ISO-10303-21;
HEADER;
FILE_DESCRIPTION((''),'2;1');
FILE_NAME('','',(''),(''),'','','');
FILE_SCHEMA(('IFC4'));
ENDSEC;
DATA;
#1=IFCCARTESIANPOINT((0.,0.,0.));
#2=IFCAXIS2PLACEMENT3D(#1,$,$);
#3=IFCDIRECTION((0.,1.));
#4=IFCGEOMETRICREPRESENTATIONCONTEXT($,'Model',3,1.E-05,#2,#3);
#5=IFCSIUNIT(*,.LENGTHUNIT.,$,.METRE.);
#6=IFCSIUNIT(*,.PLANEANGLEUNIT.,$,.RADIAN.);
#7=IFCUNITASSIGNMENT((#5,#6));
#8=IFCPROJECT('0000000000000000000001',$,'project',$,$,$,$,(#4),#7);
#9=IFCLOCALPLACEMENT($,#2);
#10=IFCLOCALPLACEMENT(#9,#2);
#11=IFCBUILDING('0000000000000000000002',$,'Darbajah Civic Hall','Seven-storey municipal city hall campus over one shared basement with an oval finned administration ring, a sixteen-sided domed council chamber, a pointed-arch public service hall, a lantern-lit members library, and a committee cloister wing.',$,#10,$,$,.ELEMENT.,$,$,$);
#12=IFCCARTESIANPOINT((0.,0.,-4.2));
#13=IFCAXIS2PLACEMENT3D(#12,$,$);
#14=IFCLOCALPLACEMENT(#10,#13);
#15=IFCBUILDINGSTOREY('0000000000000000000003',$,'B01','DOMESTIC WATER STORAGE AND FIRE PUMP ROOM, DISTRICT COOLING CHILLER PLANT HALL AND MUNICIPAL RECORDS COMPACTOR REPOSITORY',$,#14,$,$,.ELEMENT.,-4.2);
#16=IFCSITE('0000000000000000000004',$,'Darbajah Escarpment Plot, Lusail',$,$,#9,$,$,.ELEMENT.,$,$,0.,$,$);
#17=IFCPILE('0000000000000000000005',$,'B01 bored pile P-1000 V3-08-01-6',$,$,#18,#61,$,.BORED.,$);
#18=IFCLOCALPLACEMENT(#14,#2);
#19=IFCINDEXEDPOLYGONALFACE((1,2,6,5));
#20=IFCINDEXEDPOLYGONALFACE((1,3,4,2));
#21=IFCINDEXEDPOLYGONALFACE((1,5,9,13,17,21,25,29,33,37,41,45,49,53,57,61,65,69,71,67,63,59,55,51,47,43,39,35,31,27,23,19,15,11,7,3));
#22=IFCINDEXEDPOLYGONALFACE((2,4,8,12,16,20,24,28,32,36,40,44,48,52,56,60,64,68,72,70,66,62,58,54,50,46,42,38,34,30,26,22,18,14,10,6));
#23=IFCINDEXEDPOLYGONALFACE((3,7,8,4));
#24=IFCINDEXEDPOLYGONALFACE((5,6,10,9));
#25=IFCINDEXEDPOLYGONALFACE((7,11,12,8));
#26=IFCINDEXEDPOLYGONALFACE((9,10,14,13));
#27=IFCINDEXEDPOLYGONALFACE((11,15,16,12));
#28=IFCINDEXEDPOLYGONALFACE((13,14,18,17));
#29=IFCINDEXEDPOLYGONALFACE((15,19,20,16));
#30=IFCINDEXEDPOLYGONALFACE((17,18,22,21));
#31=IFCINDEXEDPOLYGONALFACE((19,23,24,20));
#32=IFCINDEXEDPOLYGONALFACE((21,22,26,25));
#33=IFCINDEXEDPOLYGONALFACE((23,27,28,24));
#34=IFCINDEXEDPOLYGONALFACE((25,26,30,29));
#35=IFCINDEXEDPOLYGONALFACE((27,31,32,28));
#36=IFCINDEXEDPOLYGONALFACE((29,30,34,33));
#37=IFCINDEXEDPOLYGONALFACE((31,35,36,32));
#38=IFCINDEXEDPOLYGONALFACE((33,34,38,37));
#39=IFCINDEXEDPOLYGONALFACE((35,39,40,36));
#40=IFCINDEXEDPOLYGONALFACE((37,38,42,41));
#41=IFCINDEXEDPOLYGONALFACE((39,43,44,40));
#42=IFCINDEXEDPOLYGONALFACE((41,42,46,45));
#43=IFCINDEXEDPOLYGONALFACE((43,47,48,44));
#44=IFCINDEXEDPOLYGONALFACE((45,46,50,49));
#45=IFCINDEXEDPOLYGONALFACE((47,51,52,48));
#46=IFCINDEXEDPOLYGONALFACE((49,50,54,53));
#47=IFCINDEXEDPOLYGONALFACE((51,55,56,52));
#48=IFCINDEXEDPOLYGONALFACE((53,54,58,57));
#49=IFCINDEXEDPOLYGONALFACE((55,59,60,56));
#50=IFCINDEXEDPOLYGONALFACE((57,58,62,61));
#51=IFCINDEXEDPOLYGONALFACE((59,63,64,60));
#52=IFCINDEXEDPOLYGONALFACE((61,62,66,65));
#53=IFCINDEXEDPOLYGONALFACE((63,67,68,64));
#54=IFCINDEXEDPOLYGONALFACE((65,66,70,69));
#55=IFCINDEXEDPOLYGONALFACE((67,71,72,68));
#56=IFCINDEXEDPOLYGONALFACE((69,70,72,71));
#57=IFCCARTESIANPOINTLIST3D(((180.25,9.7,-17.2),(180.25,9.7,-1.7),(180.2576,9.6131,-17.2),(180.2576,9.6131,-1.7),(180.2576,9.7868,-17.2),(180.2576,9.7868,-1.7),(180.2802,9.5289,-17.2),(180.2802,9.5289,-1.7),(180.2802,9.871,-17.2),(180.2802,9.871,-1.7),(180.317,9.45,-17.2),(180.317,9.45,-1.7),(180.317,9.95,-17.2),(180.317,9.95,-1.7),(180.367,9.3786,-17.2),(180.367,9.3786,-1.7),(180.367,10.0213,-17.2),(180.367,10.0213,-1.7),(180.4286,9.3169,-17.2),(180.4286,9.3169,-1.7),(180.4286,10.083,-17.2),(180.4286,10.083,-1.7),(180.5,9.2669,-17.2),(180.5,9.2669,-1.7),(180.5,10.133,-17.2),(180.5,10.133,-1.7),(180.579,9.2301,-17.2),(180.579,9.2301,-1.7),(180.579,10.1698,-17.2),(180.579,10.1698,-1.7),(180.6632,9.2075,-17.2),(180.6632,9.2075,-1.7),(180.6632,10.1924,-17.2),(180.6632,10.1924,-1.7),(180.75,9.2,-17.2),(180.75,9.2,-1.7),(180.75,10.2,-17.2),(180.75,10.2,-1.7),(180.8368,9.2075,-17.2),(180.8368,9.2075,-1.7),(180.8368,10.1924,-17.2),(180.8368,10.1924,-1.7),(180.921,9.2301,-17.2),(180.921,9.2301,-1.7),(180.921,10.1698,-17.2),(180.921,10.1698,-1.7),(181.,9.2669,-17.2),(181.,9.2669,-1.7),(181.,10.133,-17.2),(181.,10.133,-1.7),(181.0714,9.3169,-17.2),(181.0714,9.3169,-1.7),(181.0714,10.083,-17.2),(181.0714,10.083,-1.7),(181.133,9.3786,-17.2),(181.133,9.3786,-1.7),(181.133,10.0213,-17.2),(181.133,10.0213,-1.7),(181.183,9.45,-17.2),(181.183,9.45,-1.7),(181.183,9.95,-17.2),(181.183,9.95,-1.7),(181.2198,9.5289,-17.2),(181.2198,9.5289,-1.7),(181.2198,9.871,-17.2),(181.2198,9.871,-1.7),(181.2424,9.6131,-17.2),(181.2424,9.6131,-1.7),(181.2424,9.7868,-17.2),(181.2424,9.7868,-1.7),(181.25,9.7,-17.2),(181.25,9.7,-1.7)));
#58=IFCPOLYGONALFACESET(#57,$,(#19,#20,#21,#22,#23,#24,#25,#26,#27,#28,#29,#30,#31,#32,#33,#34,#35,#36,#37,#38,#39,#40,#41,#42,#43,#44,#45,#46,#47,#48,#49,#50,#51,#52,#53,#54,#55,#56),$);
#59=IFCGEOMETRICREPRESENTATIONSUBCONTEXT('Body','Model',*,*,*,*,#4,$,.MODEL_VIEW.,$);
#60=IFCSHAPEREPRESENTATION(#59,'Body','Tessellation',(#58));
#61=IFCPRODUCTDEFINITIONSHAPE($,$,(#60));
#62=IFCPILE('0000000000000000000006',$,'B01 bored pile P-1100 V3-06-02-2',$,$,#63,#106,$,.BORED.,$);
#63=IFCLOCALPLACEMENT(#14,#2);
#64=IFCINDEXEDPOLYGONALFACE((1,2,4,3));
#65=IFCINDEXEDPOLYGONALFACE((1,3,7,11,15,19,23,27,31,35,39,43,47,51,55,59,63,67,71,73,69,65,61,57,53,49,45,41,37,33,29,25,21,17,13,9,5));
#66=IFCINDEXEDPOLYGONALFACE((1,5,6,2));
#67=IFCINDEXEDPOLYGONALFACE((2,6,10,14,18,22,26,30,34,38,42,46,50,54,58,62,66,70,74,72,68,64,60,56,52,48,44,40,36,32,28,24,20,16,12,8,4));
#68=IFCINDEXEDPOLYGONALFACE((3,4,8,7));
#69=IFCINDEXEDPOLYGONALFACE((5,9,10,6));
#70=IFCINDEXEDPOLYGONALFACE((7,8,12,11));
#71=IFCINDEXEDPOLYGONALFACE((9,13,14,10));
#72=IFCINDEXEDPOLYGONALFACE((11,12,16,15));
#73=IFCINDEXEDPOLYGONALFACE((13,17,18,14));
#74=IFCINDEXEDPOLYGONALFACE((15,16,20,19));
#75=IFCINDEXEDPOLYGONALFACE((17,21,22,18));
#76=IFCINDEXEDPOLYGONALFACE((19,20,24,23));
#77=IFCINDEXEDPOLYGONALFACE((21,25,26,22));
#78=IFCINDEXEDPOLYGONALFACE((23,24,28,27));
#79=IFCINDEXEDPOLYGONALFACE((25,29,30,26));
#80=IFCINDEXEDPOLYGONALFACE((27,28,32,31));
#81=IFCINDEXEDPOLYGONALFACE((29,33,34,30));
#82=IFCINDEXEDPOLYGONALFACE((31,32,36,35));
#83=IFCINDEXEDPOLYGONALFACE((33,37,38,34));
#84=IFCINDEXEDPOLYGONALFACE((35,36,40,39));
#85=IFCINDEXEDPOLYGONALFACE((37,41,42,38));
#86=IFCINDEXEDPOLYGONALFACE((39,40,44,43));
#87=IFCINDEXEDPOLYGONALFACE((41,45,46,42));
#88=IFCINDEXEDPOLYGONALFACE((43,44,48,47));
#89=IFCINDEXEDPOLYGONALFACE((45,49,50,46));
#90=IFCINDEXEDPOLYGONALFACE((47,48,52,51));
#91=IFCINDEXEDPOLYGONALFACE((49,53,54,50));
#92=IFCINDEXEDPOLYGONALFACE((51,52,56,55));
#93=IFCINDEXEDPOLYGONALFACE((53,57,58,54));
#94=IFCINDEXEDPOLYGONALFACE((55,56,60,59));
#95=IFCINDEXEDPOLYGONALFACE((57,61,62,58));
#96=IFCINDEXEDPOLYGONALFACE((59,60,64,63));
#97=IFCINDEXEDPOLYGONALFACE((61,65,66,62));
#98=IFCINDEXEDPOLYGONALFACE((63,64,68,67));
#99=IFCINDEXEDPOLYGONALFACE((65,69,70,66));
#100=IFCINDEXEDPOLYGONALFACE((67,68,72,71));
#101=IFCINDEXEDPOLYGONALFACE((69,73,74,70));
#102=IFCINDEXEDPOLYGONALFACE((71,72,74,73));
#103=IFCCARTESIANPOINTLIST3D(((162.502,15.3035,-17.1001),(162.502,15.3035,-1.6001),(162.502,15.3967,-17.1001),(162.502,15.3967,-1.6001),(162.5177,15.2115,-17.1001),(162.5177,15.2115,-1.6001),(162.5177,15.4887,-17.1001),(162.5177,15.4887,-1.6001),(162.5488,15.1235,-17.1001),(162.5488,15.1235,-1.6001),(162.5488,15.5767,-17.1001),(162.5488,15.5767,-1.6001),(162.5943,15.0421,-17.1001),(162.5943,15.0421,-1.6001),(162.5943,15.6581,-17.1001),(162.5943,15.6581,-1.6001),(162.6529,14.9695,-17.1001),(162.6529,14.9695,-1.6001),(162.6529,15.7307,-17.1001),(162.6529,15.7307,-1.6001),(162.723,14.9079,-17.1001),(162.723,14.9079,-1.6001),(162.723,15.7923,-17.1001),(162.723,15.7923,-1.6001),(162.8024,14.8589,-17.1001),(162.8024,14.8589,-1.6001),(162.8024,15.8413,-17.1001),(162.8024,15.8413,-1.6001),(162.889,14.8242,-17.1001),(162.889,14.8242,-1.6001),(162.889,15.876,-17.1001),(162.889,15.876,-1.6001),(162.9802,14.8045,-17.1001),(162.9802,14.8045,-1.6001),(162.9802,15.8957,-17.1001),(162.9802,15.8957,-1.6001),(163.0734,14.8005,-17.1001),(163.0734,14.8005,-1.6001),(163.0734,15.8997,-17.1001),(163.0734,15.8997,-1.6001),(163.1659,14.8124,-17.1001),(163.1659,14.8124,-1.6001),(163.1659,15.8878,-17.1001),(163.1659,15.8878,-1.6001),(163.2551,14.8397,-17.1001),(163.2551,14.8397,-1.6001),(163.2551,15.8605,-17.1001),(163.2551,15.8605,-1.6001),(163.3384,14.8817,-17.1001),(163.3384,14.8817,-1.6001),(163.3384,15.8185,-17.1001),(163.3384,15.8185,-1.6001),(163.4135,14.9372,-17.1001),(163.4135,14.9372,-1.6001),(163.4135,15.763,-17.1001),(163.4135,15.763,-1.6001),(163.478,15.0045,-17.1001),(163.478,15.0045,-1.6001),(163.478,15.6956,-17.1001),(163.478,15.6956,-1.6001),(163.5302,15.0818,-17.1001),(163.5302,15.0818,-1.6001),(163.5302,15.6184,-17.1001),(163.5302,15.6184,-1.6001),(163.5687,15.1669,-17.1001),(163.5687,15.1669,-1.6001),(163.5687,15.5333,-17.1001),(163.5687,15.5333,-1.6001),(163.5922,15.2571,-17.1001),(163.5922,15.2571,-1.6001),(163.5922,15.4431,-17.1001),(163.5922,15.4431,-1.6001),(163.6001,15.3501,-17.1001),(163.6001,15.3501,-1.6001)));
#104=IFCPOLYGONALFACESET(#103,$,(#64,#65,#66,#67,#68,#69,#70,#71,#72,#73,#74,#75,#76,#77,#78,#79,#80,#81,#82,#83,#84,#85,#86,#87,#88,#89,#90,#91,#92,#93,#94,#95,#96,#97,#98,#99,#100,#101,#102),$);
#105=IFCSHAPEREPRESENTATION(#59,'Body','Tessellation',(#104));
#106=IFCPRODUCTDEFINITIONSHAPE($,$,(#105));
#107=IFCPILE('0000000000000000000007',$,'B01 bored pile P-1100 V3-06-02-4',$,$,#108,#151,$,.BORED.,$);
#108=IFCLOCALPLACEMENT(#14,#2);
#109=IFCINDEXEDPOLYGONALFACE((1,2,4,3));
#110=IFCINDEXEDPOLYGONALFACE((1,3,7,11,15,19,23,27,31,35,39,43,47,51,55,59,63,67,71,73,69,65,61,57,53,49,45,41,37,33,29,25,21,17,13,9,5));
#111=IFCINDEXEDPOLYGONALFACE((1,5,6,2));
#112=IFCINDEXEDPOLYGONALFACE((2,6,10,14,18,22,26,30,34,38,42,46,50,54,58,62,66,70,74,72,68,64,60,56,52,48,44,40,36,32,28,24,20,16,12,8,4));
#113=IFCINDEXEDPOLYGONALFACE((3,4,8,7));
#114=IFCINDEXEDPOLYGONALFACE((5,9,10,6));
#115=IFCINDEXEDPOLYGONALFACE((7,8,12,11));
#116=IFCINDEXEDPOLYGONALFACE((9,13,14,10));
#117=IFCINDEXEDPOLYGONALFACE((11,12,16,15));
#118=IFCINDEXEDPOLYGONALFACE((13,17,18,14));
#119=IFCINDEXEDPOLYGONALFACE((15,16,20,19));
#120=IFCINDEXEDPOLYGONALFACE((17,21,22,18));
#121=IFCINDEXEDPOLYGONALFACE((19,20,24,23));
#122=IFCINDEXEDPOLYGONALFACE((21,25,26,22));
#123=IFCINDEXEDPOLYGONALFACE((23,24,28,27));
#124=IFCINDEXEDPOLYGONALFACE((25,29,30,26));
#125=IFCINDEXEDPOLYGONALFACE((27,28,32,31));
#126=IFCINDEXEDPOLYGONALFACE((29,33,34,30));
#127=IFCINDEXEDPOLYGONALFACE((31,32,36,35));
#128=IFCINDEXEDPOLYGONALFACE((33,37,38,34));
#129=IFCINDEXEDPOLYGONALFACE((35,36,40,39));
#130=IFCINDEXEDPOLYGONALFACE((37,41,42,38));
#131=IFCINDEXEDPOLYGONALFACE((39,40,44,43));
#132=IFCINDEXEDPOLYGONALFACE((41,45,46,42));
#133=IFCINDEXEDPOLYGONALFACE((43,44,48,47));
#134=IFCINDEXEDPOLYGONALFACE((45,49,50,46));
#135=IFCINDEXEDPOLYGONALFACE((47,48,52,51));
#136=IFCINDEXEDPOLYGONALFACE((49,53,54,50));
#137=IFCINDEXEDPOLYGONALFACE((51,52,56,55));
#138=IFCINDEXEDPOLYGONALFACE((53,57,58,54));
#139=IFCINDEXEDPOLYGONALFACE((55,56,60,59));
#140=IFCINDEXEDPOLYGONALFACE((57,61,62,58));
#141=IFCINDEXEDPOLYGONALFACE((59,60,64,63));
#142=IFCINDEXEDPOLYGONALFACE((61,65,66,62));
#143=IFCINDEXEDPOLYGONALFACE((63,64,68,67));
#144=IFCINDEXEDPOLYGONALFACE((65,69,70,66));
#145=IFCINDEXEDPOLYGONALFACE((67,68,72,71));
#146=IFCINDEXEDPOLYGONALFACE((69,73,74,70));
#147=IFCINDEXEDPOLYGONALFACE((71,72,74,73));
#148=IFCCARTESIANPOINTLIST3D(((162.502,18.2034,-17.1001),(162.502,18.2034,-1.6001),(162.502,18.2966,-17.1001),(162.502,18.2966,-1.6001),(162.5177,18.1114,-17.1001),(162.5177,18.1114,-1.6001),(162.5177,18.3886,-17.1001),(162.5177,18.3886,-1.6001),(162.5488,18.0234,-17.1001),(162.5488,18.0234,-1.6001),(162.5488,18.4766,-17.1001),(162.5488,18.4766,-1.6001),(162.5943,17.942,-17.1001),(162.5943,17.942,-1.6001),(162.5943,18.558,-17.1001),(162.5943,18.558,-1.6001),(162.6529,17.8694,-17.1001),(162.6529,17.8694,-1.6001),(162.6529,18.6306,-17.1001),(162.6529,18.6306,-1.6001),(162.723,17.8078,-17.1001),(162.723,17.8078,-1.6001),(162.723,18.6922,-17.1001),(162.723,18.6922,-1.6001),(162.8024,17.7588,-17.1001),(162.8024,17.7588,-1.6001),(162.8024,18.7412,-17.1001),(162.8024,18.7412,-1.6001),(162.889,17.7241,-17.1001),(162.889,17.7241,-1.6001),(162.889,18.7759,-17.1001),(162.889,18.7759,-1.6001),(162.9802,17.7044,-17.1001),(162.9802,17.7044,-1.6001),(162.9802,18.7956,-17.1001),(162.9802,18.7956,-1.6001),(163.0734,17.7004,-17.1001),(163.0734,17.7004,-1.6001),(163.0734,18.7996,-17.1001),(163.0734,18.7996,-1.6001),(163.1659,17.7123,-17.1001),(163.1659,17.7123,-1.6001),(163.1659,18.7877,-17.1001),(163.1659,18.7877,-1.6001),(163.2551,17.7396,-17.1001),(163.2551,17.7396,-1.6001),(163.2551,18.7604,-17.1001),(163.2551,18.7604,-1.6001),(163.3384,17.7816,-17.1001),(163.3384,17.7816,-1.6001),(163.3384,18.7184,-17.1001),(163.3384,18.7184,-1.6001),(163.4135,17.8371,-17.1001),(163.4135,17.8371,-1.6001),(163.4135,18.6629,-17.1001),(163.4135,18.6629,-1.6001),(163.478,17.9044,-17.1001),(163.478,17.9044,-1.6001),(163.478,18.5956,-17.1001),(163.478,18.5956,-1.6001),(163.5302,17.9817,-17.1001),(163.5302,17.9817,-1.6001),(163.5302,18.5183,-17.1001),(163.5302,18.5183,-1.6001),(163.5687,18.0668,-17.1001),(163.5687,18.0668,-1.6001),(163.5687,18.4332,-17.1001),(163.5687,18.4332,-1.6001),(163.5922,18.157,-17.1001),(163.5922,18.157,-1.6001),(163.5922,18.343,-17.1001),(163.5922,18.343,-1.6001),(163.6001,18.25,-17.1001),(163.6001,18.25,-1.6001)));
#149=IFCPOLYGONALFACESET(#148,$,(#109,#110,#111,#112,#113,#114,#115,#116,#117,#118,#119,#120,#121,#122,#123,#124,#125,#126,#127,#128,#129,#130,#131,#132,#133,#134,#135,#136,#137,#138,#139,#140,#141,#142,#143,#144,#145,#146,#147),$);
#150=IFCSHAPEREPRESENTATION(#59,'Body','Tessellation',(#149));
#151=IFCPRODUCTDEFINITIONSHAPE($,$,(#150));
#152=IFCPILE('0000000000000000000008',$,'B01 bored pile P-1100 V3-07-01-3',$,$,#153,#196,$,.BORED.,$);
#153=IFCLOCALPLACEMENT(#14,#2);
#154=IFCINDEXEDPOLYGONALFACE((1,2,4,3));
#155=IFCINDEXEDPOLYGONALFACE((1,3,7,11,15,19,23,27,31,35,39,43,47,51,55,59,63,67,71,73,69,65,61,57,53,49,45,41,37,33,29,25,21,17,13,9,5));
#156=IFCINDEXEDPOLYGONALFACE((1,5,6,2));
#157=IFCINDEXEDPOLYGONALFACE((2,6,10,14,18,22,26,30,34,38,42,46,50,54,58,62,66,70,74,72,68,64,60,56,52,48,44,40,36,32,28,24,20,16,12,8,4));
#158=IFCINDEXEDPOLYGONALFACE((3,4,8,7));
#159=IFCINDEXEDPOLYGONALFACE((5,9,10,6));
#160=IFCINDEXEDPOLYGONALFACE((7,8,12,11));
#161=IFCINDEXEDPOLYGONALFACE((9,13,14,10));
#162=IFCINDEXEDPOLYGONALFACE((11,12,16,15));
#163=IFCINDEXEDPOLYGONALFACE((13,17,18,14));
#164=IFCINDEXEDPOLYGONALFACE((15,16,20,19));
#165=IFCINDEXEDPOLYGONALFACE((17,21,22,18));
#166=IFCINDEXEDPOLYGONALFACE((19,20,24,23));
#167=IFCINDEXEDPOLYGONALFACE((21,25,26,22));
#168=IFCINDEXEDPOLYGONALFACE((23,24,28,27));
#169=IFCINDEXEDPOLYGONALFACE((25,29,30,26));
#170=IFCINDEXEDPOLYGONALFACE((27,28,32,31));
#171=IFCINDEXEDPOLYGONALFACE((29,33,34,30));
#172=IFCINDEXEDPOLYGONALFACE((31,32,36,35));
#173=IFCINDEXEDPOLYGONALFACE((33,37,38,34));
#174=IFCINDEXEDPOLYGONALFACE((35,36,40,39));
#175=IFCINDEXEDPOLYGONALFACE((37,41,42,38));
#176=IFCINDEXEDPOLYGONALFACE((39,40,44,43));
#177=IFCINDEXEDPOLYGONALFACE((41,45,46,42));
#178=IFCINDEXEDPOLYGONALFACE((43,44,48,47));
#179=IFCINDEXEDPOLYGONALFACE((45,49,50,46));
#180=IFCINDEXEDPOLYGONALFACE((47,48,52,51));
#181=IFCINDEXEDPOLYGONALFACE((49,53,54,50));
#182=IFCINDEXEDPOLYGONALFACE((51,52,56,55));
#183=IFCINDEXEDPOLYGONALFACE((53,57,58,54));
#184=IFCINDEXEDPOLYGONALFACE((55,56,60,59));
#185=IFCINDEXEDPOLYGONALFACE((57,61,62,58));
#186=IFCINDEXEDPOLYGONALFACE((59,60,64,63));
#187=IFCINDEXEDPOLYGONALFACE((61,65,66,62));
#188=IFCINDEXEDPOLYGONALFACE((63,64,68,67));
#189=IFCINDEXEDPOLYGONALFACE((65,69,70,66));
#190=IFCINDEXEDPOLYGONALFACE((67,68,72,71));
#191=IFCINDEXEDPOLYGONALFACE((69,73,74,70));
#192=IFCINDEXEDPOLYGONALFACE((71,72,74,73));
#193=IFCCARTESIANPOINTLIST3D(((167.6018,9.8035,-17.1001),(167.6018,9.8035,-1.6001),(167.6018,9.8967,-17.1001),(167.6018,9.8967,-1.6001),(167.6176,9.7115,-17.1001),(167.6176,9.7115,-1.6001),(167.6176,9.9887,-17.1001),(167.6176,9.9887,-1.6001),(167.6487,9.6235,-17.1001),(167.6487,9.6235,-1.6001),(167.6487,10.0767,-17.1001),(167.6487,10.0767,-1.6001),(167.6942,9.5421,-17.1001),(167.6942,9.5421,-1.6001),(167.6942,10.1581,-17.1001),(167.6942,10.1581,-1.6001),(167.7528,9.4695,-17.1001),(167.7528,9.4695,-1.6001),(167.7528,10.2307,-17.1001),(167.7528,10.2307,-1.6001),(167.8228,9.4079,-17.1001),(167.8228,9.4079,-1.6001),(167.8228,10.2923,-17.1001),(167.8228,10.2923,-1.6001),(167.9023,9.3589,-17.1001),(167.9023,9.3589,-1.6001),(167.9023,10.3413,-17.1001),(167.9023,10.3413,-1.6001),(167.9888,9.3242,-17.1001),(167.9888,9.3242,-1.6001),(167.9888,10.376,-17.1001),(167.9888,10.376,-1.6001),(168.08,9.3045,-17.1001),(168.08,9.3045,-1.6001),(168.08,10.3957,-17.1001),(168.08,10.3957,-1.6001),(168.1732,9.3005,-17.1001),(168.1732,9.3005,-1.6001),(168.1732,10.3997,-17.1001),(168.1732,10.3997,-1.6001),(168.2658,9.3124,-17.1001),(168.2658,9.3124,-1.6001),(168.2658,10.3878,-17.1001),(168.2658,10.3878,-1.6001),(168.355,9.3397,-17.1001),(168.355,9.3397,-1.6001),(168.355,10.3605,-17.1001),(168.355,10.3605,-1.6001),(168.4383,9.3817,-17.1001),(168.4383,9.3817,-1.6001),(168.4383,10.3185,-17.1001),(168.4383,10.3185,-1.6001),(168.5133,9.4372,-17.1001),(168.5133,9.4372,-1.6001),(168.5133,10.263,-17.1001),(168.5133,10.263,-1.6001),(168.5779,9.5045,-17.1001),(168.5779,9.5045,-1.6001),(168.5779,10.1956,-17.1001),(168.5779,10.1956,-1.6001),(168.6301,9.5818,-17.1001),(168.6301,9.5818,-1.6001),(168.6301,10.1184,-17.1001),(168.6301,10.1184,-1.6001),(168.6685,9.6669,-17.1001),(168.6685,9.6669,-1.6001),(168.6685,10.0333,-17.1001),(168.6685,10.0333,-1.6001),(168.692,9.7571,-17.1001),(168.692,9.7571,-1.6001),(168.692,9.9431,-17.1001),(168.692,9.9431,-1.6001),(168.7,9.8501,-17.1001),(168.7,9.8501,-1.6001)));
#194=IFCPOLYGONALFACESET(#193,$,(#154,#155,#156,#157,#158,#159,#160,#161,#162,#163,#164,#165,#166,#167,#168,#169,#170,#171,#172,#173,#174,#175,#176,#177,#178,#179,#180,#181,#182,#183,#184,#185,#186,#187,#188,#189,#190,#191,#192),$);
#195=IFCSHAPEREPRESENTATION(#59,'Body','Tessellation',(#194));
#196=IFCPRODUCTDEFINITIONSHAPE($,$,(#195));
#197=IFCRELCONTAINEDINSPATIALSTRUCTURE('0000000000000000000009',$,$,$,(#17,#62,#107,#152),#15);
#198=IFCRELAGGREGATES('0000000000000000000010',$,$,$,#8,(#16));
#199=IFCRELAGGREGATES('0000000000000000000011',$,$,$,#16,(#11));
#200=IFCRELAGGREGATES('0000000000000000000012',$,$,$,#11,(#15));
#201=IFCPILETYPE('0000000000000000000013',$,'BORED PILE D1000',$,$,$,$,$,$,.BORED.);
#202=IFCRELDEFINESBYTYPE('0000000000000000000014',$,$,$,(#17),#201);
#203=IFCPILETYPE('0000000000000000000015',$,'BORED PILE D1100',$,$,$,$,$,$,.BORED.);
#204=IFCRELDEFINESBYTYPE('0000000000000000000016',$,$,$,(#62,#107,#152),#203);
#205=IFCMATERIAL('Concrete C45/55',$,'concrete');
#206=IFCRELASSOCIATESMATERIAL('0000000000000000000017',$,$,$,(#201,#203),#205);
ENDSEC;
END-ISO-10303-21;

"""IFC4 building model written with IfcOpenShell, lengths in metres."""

from ifc_helpers import new_model, si_unit, direction, frame, origin, origin_2d, place, context, subcontext, project, spatial, circle, extrude, material, material_profile, profile_set, type_object, element, save


model = new_model("IFC4")

# Units and contexts
model_context = context("Model", 3, precision=1e-05, world=origin(), true_north=direction((0.0, 1.0)))
body_context = subcontext(model_context, "Body", "Model", "MODEL_VIEW")
ifc_project = project(units=[si_unit("LENGTHUNIT", "METRE"), si_unit("PLANEANGLEUNIT", "RADIAN")], contexts=[model_context])

# Site, building, storey
site_placement = place(None, origin())
site = spatial("IfcSite", under=ifc_project, at=site_placement, Name="Darbajah Escarpment Plot, Lusail", CompositionType="ELEMENT", RefElevation=0.0)
building_placement = place(site_placement, origin())
building = spatial("IfcBuilding", under=site, at=building_placement, Name="Darbajah Civic Hall", Description="Seven-storey municipal city hall campus over one shared basement with an oval finned administration ring, a sixteen-sided domed council chamber, a pointed-arch public service hall, a lantern-lit members library, and a committee cloister wing.", CompositionType="ELEMENT")
storey_placement = place(building_placement, frame((0.0, 0.0, -4.2)))
storey = spatial("IfcBuildingStorey", under=building, at=storey_placement, Name="B01", Description="DOMESTIC WATER STORAGE AND FIRE PUMP ROOM, DISTRICT COOLING CHILLER PLANT HALL AND MUNICIPAL RECORDS COMPACTOR REPOSITORY", CompositionType="ELEMENT", Elevation=-4.2)

# Piles
ifc_material_1 = material(Name="Concrete C45/55", Category="concrete")
ifc_material_profile_1 = material_profile(ifc_material_1, circle(Radius=0.5, at=origin_2d()), Name="BORED PILE D1000")
ifc_profile_set_1 = profile_set([ifc_material_profile_1], Name="Concrete C45/55")
pile_type_1 = type_object("IfcPileType", Name="BORED PILE D1000", PredefinedType="BORED", material=ifc_profile_set_1)
for number, where, z_axis, x_axis, name in (
    (1, (180.75, 9.7, -1.7), (0.0, 0.0, -1.0), (1.0, 0.0, 0.0), "B01 bored pile P-1000 V3-08-01-6"),
):
    element("IfcPile", number, at=place(storey_placement, frame(where, z_axis=z_axis, x_axis=x_axis)), inside=storey, type_object=pile_type_1, Name=name, PredefinedType="BORED", context=body_context, shape_type="SweptSolid", body=[
        extrude(circle(Radius=0.5, at=origin_2d()), origin(), (0.0, 0.0, 1.0), 15.5),
    ])
ifc_material_profile_2 = material_profile(ifc_material_1, circle(Radius=0.55, at=origin_2d()), Name="BORED PILE D1100")
ifc_profile_set_2 = profile_set([ifc_material_profile_2], Name="Concrete C45/55")
pile_type_2 = type_object("IfcPileType", Name="BORED PILE D1100", PredefinedType="BORED", material=ifc_profile_set_2)
for number, where, z_axis, x_axis, name in (
    (2, (163.05, 15.3501, -1.6001), (0.0, 0.0, -1.0), (1.0, 0.0, 0.0), "B01 bored pile P-1100 V3-06-02-2"),
    (3, (163.05, 18.25, -1.6001), (0.0, 0.0, -1.0), (1.0, 0.0, 0.0), "B01 bored pile P-1100 V3-06-02-4"),
    (4, (168.1499, 9.8501, -1.6001), (0.0, 0.0, -1.0), (1.0, 0.0, 0.0), "B01 bored pile P-1100 V3-07-01-3"),
):
    element("IfcPile", number, at=place(storey_placement, frame(where, z_axis=z_axis, x_axis=x_axis)), inside=storey, type_object=pile_type_2, Name=name, PredefinedType="BORED", context=body_context, shape_type="SweptSolid", body=[
        extrude(circle(Radius=0.55, at=origin_2d()), origin(), (0.0, 0.0, 1.0), 15.5),
    ])

save(model, "model.ifc")
